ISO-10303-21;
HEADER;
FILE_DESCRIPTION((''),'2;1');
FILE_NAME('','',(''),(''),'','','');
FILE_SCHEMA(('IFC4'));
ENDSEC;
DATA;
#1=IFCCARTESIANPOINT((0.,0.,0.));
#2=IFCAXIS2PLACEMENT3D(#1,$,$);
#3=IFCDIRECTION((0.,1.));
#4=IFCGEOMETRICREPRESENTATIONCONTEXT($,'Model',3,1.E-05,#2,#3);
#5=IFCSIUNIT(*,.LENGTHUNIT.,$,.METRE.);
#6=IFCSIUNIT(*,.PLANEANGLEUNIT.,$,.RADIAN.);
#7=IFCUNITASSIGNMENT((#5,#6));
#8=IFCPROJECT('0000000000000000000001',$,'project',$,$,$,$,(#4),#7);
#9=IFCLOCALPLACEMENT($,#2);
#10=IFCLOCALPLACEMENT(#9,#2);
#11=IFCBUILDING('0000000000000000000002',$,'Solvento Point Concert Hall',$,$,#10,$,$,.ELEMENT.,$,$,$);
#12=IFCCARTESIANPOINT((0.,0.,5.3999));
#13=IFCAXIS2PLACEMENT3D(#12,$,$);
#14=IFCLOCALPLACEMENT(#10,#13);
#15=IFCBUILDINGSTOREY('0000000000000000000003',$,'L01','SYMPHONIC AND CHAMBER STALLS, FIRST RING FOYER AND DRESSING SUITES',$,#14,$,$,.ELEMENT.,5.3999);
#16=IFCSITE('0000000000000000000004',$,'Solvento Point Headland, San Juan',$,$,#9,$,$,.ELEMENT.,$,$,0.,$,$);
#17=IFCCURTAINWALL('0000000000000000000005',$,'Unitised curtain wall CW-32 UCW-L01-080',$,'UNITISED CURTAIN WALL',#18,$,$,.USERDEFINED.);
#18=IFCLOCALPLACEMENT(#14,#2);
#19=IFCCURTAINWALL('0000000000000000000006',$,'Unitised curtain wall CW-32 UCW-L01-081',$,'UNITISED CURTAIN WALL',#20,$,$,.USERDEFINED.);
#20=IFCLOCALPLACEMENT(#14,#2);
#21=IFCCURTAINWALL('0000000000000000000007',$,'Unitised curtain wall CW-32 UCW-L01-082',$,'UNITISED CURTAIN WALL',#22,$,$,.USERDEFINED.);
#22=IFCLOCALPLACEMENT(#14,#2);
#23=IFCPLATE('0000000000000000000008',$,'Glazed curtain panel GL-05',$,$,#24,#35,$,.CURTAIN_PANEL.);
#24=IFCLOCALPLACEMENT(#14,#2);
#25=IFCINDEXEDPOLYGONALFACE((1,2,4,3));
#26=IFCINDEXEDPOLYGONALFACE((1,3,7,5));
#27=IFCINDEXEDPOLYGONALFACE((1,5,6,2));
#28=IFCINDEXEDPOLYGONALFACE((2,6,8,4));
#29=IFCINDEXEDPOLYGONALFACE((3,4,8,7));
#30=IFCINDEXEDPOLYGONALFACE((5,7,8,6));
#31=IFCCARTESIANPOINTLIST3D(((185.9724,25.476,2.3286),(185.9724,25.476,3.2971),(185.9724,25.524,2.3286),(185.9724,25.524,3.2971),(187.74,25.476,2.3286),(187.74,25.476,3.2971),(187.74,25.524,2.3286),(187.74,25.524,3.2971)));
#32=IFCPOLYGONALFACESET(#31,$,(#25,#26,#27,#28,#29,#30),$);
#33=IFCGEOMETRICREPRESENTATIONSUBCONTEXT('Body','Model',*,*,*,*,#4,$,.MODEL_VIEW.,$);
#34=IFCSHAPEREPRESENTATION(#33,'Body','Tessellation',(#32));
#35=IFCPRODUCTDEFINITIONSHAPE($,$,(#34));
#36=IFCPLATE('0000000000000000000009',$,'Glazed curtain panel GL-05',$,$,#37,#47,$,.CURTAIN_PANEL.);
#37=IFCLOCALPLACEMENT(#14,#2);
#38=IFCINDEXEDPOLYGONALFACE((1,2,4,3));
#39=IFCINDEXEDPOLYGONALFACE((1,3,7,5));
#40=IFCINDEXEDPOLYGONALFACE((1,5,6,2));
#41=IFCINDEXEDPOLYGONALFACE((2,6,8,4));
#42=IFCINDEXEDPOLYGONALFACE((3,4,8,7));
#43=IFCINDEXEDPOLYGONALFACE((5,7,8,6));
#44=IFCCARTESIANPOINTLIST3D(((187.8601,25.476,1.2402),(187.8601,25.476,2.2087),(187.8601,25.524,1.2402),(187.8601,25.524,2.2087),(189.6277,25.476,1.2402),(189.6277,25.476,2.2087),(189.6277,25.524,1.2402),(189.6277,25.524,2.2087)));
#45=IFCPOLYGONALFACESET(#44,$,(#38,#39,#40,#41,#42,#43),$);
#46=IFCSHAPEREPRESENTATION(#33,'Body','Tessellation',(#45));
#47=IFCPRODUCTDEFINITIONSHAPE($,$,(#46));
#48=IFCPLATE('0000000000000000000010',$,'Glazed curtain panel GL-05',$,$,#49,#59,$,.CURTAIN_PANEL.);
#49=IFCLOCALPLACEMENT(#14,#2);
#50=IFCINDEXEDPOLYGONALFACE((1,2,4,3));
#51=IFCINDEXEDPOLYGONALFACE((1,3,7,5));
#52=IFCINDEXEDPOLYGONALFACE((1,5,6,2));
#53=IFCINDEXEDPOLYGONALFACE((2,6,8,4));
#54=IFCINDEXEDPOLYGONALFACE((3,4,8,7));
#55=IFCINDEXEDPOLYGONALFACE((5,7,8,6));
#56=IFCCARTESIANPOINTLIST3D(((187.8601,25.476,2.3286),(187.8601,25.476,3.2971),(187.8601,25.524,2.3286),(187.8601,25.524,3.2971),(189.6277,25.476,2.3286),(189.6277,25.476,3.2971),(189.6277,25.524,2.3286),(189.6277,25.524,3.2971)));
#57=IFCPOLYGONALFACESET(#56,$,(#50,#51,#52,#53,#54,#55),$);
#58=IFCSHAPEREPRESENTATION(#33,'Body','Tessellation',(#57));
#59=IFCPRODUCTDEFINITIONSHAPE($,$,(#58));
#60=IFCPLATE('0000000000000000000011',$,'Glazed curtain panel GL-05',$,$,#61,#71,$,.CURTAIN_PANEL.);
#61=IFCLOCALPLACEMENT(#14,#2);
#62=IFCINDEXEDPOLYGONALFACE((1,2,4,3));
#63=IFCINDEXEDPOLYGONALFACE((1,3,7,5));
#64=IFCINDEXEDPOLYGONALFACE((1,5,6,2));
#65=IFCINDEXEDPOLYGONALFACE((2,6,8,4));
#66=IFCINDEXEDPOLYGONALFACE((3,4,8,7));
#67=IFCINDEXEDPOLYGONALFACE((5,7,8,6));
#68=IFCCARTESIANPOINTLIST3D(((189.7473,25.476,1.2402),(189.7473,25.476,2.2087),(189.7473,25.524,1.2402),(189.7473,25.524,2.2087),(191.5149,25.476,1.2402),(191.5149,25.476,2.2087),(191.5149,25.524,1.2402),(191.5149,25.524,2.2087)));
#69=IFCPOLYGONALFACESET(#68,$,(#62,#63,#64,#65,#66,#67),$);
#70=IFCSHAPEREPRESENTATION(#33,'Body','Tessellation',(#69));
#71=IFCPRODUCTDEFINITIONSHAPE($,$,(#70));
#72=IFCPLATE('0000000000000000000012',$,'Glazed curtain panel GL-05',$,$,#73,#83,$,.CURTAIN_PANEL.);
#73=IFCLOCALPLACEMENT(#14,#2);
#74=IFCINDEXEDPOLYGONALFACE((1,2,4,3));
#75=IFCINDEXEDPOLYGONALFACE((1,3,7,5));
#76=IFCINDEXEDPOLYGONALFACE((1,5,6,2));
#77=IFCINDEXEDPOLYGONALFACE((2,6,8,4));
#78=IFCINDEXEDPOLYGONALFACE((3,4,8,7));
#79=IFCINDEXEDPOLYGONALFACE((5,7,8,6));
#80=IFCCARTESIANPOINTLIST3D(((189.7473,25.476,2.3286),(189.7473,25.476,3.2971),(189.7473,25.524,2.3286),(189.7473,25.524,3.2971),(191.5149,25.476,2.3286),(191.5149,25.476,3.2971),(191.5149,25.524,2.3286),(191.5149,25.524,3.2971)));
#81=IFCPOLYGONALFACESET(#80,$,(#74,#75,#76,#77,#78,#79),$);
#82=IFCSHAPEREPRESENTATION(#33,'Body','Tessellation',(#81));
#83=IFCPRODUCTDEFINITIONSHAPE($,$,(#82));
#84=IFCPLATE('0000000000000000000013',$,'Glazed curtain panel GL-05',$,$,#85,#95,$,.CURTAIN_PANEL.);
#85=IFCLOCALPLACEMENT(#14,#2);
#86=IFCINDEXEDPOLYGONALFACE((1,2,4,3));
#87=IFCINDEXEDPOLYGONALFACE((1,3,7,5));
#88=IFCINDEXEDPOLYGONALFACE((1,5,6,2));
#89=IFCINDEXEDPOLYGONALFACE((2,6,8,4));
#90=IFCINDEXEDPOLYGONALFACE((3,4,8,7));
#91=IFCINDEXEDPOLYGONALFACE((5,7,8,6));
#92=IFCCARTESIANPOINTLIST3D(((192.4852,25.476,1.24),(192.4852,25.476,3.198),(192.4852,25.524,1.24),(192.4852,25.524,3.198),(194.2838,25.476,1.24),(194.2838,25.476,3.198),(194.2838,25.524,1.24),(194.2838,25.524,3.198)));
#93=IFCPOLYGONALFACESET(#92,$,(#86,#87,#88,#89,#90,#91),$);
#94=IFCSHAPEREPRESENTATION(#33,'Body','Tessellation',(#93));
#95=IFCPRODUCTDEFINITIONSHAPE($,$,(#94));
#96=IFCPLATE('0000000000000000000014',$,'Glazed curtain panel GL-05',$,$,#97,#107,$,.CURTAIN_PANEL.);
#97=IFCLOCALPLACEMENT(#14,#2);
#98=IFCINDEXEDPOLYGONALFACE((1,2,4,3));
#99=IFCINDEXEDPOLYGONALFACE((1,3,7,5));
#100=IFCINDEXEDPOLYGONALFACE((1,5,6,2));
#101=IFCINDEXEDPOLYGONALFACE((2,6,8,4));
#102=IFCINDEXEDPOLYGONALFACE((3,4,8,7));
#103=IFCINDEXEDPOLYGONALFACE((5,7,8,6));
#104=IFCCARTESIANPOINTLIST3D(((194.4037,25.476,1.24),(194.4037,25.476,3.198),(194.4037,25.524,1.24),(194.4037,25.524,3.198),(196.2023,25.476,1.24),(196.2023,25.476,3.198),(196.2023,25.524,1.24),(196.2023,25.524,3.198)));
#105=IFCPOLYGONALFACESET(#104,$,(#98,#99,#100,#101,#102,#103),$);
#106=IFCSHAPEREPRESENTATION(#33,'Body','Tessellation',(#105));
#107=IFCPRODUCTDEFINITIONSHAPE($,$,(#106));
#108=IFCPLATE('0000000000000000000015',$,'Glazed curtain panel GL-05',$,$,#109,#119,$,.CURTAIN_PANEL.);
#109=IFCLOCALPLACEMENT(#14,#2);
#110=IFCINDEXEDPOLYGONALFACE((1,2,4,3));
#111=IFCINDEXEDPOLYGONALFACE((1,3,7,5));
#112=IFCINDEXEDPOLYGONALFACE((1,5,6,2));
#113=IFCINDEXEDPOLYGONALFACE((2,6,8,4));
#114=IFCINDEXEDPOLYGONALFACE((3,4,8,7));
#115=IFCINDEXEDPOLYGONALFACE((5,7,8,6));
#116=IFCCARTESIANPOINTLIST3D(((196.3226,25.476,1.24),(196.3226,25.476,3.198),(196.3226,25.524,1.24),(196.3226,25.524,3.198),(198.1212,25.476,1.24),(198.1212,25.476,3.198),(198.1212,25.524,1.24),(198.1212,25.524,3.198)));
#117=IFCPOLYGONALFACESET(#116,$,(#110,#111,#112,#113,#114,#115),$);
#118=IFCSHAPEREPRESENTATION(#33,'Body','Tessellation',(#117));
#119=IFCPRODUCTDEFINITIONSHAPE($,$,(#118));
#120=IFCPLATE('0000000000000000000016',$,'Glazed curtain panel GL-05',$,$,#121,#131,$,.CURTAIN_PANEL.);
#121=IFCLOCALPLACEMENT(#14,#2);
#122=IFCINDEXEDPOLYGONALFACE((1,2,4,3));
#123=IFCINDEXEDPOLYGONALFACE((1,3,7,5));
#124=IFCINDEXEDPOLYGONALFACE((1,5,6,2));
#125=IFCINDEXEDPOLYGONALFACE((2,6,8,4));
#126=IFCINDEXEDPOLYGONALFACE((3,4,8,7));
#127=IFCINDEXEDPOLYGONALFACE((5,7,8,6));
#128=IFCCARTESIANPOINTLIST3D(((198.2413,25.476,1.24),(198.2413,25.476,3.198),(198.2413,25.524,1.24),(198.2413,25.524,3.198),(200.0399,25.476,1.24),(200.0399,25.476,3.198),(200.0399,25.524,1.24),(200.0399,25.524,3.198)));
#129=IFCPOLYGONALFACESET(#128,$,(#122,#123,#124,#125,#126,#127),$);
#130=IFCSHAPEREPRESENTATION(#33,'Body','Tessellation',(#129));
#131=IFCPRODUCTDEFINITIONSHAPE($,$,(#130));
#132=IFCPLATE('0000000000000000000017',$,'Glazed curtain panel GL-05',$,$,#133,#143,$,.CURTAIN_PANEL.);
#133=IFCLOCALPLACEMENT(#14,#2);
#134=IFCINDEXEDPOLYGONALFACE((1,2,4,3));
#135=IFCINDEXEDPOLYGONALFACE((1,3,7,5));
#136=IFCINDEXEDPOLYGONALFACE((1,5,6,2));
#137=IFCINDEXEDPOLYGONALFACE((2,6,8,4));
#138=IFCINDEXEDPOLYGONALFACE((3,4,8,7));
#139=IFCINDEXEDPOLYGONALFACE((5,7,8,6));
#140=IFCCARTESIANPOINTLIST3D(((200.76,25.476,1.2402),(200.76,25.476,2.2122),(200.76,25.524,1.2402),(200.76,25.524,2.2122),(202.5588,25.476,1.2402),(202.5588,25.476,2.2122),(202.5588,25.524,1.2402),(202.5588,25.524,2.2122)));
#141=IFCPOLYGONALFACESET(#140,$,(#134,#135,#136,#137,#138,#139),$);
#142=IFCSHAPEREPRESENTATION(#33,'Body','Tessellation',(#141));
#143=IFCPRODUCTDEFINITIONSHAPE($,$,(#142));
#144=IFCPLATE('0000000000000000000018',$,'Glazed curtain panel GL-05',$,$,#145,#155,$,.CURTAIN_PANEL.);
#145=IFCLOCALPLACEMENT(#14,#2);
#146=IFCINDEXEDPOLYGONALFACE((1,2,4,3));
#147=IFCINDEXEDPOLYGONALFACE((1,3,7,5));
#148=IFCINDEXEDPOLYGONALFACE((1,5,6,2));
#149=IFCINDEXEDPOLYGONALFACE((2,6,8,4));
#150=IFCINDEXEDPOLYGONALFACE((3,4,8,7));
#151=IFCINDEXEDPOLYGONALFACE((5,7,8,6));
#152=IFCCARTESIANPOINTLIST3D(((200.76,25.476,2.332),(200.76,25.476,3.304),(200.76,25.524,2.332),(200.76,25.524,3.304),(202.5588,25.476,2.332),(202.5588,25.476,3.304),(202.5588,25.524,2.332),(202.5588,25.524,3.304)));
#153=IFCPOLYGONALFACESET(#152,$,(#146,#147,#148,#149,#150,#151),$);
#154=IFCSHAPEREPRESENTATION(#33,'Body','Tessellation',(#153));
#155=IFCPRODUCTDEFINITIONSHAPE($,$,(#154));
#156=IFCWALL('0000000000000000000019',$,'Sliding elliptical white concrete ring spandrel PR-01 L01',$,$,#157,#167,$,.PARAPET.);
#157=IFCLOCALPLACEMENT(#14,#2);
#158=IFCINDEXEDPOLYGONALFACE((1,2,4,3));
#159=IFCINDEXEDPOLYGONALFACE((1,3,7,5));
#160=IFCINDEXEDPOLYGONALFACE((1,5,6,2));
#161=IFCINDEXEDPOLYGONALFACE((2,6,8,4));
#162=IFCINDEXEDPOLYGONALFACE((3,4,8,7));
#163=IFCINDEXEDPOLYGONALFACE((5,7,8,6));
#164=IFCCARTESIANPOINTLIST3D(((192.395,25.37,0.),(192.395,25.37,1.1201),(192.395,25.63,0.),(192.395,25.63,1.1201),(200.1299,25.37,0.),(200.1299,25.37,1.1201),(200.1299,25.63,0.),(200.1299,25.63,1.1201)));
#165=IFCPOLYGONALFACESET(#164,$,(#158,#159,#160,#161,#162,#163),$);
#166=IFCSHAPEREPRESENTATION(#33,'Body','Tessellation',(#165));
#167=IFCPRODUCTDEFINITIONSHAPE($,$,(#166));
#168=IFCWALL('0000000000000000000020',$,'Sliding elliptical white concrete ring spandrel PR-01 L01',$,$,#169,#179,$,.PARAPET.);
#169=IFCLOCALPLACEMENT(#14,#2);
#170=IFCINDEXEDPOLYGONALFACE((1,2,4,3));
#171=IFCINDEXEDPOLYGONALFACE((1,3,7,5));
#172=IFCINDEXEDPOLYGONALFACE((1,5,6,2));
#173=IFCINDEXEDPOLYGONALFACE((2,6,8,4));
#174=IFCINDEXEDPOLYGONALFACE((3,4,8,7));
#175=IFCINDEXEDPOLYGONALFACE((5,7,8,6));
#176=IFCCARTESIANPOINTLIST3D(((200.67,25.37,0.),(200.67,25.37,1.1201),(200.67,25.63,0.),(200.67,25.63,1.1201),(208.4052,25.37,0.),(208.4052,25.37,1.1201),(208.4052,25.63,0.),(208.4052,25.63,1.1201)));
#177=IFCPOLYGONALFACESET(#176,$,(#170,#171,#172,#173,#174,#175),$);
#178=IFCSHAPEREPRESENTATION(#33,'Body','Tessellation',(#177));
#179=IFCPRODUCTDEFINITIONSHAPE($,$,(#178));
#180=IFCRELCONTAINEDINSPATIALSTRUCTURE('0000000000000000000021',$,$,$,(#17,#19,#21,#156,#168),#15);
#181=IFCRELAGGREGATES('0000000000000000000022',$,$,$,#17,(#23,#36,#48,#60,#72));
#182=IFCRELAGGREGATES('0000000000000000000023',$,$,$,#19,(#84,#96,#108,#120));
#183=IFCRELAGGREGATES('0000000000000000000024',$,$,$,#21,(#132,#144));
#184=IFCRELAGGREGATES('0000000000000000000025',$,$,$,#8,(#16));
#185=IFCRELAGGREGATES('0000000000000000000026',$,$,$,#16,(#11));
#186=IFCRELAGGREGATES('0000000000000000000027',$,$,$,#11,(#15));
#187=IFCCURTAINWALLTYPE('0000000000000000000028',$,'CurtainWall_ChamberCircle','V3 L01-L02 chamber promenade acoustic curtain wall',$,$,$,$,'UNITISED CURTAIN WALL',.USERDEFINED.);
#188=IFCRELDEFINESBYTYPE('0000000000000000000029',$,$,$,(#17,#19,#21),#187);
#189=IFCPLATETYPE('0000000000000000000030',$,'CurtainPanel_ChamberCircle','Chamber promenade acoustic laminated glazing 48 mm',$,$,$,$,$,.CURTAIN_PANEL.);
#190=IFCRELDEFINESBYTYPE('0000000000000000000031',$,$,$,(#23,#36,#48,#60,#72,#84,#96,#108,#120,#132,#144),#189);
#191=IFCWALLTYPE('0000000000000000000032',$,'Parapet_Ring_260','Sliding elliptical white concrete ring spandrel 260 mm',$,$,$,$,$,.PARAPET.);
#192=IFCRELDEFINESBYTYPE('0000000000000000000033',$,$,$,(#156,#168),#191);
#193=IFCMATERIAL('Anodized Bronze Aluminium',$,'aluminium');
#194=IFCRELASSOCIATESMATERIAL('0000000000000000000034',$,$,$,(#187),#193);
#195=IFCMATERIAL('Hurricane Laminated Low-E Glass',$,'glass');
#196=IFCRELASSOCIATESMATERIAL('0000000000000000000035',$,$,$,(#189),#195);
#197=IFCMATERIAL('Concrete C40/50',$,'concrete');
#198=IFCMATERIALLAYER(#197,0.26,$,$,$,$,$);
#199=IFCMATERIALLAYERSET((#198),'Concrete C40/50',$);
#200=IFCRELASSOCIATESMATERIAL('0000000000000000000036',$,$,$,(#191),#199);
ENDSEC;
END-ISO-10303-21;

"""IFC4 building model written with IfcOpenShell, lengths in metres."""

from ifc_helpers import new_model, si_unit, direction, frame, frame_2d, origin, origin_2d, place, context, subcontext, project, spatial, rectangle, extrude, material, layer, layer_set, type_object, element, aggregate, save


model = new_model("IFC4")

# Units and contexts
model_context = context("Model", 3, precision=1e-05, world=origin(), true_north=direction((0.0, 1.0)))
body_context = subcontext(model_context, "Body", "Model", "MODEL_VIEW")
ifc_project = project(units=[si_unit("LENGTHUNIT", "METRE"), si_unit("PLANEANGLEUNIT", "RADIAN")], contexts=[model_context])

# Site, building, storey
site_placement = place(None, origin())
site = spatial("IfcSite", under=ifc_project, at=site_placement, Name="Solvento Point Headland, San Juan", CompositionType="ELEMENT", RefElevation=0.0)
building_placement = place(site_placement, origin())
building = spatial("IfcBuilding", under=site, at=building_placement, Name="Solvento Point Concert Hall", CompositionType="ELEMENT")
storey_placement = place(building_placement, frame((0.0, 0.0, 5.3999)))
storey = spatial("IfcBuildingStorey", under=building, at=storey_placement, Name="L01", Description="SYMPHONIC AND CHAMBER STALLS, FIRST RING FOYER AND DRESSING SUITES", CompositionType="ELEMENT", Elevation=5.3999)

# Curtain walls
ifc_material_1 = material(Name="Anodized Bronze Aluminium", Category="aluminium")
curtain_wall_type = type_object("IfcCurtainWallType", Name="CurtainWall_ChamberCircle", Description="V3 L01-L02 chamber promenade acoustic curtain wall", ElementType="UNITISED CURTAIN WALL", PredefinedType="USERDEFINED", material=ifc_material_1)
curtain_wall_1_placement = place(storey_placement, origin())
curtain_wall_1 = element("IfcCurtainWall", 1, at=curtain_wall_1_placement, inside=storey, type_object=curtain_wall_type, Name="Unitised curtain wall CW-32 UCW-L01-080", ObjectType="UNITISED CURTAIN WALL", PredefinedType="USERDEFINED")
curtain_wall_2_placement = place(storey_placement, origin())
curtain_wall_2 = element("IfcCurtainWall", 2, at=curtain_wall_2_placement, inside=storey, type_object=curtain_wall_type, Name="Unitised curtain wall CW-32 UCW-L01-081", ObjectType="UNITISED CURTAIN WALL", PredefinedType="USERDEFINED")
curtain_wall_3_placement = place(storey_placement, origin())
curtain_wall_3 = element("IfcCurtainWall", 3, at=curtain_wall_3_placement, inside=storey, type_object=curtain_wall_type, Name="Unitised curtain wall CW-32 UCW-L01-082", ObjectType="UNITISED CURTAIN WALL", PredefinedType="USERDEFINED")

# Plates
ifc_material_2 = material(Name="Hurricane Laminated Low-E Glass", Category="glass")
plate_type = type_object("IfcPlateType", Name="CurtainPanel_ChamberCircle", Description="Chamber promenade acoustic laminated glazing 48 mm", PredefinedType="CURTAIN_PANEL", material=ifc_material_2)
plate_1_placement = place(storey_placement, frame((186.8562, 25.5, 2.3286), z_axis=(0.0, 0.0, 1.0), x_axis=(1.0, 0.0, 0.0)))
plate_1 = element("IfcPlate", 4, at=plate_1_placement, type_object=plate_type, Name="Glazed curtain panel GL-05", PredefinedType="CURTAIN_PANEL", context=body_context, shape_type="SweptSolid", body=[
    extrude(rectangle(XDim=1.7676, YDim=0.0481, at=origin_2d()), origin(), (0.0, 0.0, 1.0), 0.9685),
])
plate_2_placement = place(storey_placement, frame((188.7439, 25.5, 1.2402), z_axis=(0.0, 0.0, 1.0), x_axis=(1.0, 0.0, 0.0)))
plate_2 = element("IfcPlate", 5, at=plate_2_placement, type_object=plate_type, Name="Glazed curtain panel GL-05", PredefinedType="CURTAIN_PANEL", context=body_context, shape_type="SweptSolid", body=[
    extrude(rectangle(XDim=1.7676, YDim=0.0481, at=origin_2d()), origin(), (0.0, 0.0, 1.0), 0.9685),
])
plate_3_placement = place(storey_placement, frame((188.7439, 25.5, 2.3286), z_axis=(0.0, 0.0, 1.0), x_axis=(1.0, 0.0, 0.0)))
plate_3 = element("IfcPlate", 6, at=plate_3_placement, type_object=plate_type, Name="Glazed curtain panel GL-05", PredefinedType="CURTAIN_PANEL", context=body_context, shape_type="SweptSolid", body=[
    extrude(rectangle(XDim=1.7676, YDim=0.0481, at=origin_2d()), origin(), (0.0, 0.0, 1.0), 0.9685),
])
plate_4_placement = place(storey_placement, frame((190.6311, 25.5, 1.2402), z_axis=(0.0, 0.0, 1.0), x_axis=(1.0, 0.0, 0.0)))
plate_4 = element("IfcPlate", 7, at=plate_4_placement, type_object=plate_type, Name="Glazed curtain panel GL-05", PredefinedType="CURTAIN_PANEL", context=body_context, shape_type="SweptSolid", body=[
    extrude(rectangle(XDim=1.7676, YDim=0.0481, at=origin_2d()), origin(), (0.0, 0.0, 1.0), 0.9685),
])
plate_5_placement = place(storey_placement, frame((190.6311, 25.5, 2.3286), z_axis=(0.0, 0.0, 1.0), x_axis=(1.0, 0.0, 0.0)))
plate_5 = element("IfcPlate", 8, at=plate_5_placement, type_object=plate_type, Name="Glazed curtain panel GL-05", PredefinedType="CURTAIN_PANEL", context=body_context, shape_type="SweptSolid", body=[
    extrude(rectangle(XDim=1.7676, YDim=0.0481, at=origin_2d()), origin(), (0.0, 0.0, 1.0), 0.9685),
])
aggregate(curtain_wall_1, [plate_1, plate_2, plate_3, plate_4, plate_5])
plate_6_placement = place(storey_placement, frame((193.3845, 25.5, 1.24), z_axis=(0.0, 0.0, 1.0), x_axis=(1.0, 0.0, 0.0)))
plate_6 = element("IfcPlate", 9, at=plate_6_placement, type_object=plate_type, Name="Glazed curtain panel GL-05", PredefinedType="CURTAIN_PANEL", context=body_context, shape_type="SweptSolid", body=[
    extrude(rectangle(XDim=1.7986, YDim=0.0481, at=origin_2d()), origin(), (0.0, 0.0, 1.0), 1.958),
])
plate_7_placement = place(storey_placement, frame((195.303, 25.5, 1.24), z_axis=(0.0, 0.0, 1.0), x_axis=(1.0, 0.0, 0.0)))
plate_7 = element("IfcPlate", 10, at=plate_7_placement, type_object=plate_type, Name="Glazed curtain panel GL-05", PredefinedType="CURTAIN_PANEL", context=body_context, shape_type="SweptSolid", body=[
    extrude(rectangle(XDim=1.7986, YDim=0.0481, at=origin_2d()), origin(), (0.0, 0.0, 1.0), 1.958),
])
plate_8_placement = place(storey_placement, frame((197.2219, 25.5, 1.24), z_axis=(0.0, 0.0, 1.0), x_axis=(1.0, 0.0, 0.0)))
plate_8 = element("IfcPlate", 11, at=plate_8_placement, type_object=plate_type, Name="Glazed curtain panel GL-05", PredefinedType="CURTAIN_PANEL", context=body_context, shape_type="SweptSolid", body=[
    extrude(rectangle(XDim=1.7986, YDim=0.0481, at=origin_2d()), origin(), (0.0, 0.0, 1.0), 1.958),
])
plate_9_placement = place(storey_placement, frame((199.1406, 25.5, 1.24), z_axis=(0.0, 0.0, 1.0), x_axis=(1.0, 0.0, 0.0)))
plate_9 = element("IfcPlate", 12, at=plate_9_placement, type_object=plate_type, Name="Glazed curtain panel GL-05", PredefinedType="CURTAIN_PANEL", context=body_context, shape_type="SweptSolid", body=[
    extrude(rectangle(XDim=1.7986, YDim=0.0481, at=origin_2d()), origin(), (0.0, 0.0, 1.0), 1.958),
])
aggregate(curtain_wall_2, [plate_6, plate_7, plate_8, plate_9])
plate_10_placement = place(storey_placement, frame((201.6594, 25.5, 1.2402), z_axis=(0.0, 0.0, 1.0), x_axis=(1.0, 0.0, 0.0)))
plate_10 = element("IfcPlate", 13, at=plate_10_placement, type_object=plate_type, Name="Glazed curtain panel GL-05", PredefinedType="CURTAIN_PANEL", context=body_context, shape_type="SweptSolid", body=[
    extrude(rectangle(XDim=1.7988, YDim=0.0481, at=origin_2d()), origin(), (0.0, 0.0, 1.0), 0.9719),
])
plate_11_placement = place(storey_placement, frame((201.6594, 25.5, 2.332), z_axis=(0.0, 0.0, 1.0), x_axis=(1.0, 0.0, 0.0)))
plate_11 = element("IfcPlate", 14, at=plate_11_placement, type_object=plate_type, Name="Glazed curtain panel GL-05", PredefinedType="CURTAIN_PANEL", context=body_context, shape_type="SweptSolid", body=[
    extrude(rectangle(XDim=1.7988, YDim=0.0481, at=origin_2d()), origin(), (0.0, 0.0, 1.0), 0.9719),
])
aggregate(curtain_wall_3, [plate_10, plate_11])

# Walls
ifc_material_3 = material(Name="Concrete C40/50", Category="concrete")
ifc_layer = layer(ifc_material_3, 0.26)
ifc_layer_set = layer_set([ifc_layer], Name="Concrete C40/50")
wall_type = type_object("IfcWallType", Name="Parapet_Ring_260", Description="Sliding elliptical white concrete ring spandrel 260 mm", PredefinedType="PARAPET", material=ifc_layer_set)
wall_1_placement = place(storey_placement, frame((192.395, 25.5, 0.0), z_axis=(0.0, 0.0, 1.0), x_axis=(1.0, 0.0, 0.0)))
element("IfcWall", 15, at=wall_1_placement, inside=storey, type_object=wall_type, Name="Sliding elliptical white concrete ring spandrel PR-01 L01", PredefinedType="PARAPET", context=body_context, shape_type="SweptSolid", body=[
    extrude(rectangle(XDim=7.7349, YDim=0.26, at=frame_2d((3.8674, 0.0))), origin(), (0.0, 0.0, 1.0), 1.1201),
])
wall_2_placement = place(storey_placement, frame((200.6699, 25.5, 0.0), z_axis=(0.0, 0.0, 1.0), x_axis=(1.0, 0.0, 0.0)))
element("IfcWall", 16, at=wall_2_placement, inside=storey, type_object=wall_type, Name="Sliding elliptical white concrete ring spandrel PR-01 L01", PredefinedType="PARAPET", context=body_context, shape_type="SweptSolid", body=[
    extrude(rectangle(XDim=7.7351, YDim=0.26, at=frame_2d((3.8677, 0.0))), origin(), (0.0, 0.0, 1.0), 1.1201),
])

save(model, "model.ifc")
